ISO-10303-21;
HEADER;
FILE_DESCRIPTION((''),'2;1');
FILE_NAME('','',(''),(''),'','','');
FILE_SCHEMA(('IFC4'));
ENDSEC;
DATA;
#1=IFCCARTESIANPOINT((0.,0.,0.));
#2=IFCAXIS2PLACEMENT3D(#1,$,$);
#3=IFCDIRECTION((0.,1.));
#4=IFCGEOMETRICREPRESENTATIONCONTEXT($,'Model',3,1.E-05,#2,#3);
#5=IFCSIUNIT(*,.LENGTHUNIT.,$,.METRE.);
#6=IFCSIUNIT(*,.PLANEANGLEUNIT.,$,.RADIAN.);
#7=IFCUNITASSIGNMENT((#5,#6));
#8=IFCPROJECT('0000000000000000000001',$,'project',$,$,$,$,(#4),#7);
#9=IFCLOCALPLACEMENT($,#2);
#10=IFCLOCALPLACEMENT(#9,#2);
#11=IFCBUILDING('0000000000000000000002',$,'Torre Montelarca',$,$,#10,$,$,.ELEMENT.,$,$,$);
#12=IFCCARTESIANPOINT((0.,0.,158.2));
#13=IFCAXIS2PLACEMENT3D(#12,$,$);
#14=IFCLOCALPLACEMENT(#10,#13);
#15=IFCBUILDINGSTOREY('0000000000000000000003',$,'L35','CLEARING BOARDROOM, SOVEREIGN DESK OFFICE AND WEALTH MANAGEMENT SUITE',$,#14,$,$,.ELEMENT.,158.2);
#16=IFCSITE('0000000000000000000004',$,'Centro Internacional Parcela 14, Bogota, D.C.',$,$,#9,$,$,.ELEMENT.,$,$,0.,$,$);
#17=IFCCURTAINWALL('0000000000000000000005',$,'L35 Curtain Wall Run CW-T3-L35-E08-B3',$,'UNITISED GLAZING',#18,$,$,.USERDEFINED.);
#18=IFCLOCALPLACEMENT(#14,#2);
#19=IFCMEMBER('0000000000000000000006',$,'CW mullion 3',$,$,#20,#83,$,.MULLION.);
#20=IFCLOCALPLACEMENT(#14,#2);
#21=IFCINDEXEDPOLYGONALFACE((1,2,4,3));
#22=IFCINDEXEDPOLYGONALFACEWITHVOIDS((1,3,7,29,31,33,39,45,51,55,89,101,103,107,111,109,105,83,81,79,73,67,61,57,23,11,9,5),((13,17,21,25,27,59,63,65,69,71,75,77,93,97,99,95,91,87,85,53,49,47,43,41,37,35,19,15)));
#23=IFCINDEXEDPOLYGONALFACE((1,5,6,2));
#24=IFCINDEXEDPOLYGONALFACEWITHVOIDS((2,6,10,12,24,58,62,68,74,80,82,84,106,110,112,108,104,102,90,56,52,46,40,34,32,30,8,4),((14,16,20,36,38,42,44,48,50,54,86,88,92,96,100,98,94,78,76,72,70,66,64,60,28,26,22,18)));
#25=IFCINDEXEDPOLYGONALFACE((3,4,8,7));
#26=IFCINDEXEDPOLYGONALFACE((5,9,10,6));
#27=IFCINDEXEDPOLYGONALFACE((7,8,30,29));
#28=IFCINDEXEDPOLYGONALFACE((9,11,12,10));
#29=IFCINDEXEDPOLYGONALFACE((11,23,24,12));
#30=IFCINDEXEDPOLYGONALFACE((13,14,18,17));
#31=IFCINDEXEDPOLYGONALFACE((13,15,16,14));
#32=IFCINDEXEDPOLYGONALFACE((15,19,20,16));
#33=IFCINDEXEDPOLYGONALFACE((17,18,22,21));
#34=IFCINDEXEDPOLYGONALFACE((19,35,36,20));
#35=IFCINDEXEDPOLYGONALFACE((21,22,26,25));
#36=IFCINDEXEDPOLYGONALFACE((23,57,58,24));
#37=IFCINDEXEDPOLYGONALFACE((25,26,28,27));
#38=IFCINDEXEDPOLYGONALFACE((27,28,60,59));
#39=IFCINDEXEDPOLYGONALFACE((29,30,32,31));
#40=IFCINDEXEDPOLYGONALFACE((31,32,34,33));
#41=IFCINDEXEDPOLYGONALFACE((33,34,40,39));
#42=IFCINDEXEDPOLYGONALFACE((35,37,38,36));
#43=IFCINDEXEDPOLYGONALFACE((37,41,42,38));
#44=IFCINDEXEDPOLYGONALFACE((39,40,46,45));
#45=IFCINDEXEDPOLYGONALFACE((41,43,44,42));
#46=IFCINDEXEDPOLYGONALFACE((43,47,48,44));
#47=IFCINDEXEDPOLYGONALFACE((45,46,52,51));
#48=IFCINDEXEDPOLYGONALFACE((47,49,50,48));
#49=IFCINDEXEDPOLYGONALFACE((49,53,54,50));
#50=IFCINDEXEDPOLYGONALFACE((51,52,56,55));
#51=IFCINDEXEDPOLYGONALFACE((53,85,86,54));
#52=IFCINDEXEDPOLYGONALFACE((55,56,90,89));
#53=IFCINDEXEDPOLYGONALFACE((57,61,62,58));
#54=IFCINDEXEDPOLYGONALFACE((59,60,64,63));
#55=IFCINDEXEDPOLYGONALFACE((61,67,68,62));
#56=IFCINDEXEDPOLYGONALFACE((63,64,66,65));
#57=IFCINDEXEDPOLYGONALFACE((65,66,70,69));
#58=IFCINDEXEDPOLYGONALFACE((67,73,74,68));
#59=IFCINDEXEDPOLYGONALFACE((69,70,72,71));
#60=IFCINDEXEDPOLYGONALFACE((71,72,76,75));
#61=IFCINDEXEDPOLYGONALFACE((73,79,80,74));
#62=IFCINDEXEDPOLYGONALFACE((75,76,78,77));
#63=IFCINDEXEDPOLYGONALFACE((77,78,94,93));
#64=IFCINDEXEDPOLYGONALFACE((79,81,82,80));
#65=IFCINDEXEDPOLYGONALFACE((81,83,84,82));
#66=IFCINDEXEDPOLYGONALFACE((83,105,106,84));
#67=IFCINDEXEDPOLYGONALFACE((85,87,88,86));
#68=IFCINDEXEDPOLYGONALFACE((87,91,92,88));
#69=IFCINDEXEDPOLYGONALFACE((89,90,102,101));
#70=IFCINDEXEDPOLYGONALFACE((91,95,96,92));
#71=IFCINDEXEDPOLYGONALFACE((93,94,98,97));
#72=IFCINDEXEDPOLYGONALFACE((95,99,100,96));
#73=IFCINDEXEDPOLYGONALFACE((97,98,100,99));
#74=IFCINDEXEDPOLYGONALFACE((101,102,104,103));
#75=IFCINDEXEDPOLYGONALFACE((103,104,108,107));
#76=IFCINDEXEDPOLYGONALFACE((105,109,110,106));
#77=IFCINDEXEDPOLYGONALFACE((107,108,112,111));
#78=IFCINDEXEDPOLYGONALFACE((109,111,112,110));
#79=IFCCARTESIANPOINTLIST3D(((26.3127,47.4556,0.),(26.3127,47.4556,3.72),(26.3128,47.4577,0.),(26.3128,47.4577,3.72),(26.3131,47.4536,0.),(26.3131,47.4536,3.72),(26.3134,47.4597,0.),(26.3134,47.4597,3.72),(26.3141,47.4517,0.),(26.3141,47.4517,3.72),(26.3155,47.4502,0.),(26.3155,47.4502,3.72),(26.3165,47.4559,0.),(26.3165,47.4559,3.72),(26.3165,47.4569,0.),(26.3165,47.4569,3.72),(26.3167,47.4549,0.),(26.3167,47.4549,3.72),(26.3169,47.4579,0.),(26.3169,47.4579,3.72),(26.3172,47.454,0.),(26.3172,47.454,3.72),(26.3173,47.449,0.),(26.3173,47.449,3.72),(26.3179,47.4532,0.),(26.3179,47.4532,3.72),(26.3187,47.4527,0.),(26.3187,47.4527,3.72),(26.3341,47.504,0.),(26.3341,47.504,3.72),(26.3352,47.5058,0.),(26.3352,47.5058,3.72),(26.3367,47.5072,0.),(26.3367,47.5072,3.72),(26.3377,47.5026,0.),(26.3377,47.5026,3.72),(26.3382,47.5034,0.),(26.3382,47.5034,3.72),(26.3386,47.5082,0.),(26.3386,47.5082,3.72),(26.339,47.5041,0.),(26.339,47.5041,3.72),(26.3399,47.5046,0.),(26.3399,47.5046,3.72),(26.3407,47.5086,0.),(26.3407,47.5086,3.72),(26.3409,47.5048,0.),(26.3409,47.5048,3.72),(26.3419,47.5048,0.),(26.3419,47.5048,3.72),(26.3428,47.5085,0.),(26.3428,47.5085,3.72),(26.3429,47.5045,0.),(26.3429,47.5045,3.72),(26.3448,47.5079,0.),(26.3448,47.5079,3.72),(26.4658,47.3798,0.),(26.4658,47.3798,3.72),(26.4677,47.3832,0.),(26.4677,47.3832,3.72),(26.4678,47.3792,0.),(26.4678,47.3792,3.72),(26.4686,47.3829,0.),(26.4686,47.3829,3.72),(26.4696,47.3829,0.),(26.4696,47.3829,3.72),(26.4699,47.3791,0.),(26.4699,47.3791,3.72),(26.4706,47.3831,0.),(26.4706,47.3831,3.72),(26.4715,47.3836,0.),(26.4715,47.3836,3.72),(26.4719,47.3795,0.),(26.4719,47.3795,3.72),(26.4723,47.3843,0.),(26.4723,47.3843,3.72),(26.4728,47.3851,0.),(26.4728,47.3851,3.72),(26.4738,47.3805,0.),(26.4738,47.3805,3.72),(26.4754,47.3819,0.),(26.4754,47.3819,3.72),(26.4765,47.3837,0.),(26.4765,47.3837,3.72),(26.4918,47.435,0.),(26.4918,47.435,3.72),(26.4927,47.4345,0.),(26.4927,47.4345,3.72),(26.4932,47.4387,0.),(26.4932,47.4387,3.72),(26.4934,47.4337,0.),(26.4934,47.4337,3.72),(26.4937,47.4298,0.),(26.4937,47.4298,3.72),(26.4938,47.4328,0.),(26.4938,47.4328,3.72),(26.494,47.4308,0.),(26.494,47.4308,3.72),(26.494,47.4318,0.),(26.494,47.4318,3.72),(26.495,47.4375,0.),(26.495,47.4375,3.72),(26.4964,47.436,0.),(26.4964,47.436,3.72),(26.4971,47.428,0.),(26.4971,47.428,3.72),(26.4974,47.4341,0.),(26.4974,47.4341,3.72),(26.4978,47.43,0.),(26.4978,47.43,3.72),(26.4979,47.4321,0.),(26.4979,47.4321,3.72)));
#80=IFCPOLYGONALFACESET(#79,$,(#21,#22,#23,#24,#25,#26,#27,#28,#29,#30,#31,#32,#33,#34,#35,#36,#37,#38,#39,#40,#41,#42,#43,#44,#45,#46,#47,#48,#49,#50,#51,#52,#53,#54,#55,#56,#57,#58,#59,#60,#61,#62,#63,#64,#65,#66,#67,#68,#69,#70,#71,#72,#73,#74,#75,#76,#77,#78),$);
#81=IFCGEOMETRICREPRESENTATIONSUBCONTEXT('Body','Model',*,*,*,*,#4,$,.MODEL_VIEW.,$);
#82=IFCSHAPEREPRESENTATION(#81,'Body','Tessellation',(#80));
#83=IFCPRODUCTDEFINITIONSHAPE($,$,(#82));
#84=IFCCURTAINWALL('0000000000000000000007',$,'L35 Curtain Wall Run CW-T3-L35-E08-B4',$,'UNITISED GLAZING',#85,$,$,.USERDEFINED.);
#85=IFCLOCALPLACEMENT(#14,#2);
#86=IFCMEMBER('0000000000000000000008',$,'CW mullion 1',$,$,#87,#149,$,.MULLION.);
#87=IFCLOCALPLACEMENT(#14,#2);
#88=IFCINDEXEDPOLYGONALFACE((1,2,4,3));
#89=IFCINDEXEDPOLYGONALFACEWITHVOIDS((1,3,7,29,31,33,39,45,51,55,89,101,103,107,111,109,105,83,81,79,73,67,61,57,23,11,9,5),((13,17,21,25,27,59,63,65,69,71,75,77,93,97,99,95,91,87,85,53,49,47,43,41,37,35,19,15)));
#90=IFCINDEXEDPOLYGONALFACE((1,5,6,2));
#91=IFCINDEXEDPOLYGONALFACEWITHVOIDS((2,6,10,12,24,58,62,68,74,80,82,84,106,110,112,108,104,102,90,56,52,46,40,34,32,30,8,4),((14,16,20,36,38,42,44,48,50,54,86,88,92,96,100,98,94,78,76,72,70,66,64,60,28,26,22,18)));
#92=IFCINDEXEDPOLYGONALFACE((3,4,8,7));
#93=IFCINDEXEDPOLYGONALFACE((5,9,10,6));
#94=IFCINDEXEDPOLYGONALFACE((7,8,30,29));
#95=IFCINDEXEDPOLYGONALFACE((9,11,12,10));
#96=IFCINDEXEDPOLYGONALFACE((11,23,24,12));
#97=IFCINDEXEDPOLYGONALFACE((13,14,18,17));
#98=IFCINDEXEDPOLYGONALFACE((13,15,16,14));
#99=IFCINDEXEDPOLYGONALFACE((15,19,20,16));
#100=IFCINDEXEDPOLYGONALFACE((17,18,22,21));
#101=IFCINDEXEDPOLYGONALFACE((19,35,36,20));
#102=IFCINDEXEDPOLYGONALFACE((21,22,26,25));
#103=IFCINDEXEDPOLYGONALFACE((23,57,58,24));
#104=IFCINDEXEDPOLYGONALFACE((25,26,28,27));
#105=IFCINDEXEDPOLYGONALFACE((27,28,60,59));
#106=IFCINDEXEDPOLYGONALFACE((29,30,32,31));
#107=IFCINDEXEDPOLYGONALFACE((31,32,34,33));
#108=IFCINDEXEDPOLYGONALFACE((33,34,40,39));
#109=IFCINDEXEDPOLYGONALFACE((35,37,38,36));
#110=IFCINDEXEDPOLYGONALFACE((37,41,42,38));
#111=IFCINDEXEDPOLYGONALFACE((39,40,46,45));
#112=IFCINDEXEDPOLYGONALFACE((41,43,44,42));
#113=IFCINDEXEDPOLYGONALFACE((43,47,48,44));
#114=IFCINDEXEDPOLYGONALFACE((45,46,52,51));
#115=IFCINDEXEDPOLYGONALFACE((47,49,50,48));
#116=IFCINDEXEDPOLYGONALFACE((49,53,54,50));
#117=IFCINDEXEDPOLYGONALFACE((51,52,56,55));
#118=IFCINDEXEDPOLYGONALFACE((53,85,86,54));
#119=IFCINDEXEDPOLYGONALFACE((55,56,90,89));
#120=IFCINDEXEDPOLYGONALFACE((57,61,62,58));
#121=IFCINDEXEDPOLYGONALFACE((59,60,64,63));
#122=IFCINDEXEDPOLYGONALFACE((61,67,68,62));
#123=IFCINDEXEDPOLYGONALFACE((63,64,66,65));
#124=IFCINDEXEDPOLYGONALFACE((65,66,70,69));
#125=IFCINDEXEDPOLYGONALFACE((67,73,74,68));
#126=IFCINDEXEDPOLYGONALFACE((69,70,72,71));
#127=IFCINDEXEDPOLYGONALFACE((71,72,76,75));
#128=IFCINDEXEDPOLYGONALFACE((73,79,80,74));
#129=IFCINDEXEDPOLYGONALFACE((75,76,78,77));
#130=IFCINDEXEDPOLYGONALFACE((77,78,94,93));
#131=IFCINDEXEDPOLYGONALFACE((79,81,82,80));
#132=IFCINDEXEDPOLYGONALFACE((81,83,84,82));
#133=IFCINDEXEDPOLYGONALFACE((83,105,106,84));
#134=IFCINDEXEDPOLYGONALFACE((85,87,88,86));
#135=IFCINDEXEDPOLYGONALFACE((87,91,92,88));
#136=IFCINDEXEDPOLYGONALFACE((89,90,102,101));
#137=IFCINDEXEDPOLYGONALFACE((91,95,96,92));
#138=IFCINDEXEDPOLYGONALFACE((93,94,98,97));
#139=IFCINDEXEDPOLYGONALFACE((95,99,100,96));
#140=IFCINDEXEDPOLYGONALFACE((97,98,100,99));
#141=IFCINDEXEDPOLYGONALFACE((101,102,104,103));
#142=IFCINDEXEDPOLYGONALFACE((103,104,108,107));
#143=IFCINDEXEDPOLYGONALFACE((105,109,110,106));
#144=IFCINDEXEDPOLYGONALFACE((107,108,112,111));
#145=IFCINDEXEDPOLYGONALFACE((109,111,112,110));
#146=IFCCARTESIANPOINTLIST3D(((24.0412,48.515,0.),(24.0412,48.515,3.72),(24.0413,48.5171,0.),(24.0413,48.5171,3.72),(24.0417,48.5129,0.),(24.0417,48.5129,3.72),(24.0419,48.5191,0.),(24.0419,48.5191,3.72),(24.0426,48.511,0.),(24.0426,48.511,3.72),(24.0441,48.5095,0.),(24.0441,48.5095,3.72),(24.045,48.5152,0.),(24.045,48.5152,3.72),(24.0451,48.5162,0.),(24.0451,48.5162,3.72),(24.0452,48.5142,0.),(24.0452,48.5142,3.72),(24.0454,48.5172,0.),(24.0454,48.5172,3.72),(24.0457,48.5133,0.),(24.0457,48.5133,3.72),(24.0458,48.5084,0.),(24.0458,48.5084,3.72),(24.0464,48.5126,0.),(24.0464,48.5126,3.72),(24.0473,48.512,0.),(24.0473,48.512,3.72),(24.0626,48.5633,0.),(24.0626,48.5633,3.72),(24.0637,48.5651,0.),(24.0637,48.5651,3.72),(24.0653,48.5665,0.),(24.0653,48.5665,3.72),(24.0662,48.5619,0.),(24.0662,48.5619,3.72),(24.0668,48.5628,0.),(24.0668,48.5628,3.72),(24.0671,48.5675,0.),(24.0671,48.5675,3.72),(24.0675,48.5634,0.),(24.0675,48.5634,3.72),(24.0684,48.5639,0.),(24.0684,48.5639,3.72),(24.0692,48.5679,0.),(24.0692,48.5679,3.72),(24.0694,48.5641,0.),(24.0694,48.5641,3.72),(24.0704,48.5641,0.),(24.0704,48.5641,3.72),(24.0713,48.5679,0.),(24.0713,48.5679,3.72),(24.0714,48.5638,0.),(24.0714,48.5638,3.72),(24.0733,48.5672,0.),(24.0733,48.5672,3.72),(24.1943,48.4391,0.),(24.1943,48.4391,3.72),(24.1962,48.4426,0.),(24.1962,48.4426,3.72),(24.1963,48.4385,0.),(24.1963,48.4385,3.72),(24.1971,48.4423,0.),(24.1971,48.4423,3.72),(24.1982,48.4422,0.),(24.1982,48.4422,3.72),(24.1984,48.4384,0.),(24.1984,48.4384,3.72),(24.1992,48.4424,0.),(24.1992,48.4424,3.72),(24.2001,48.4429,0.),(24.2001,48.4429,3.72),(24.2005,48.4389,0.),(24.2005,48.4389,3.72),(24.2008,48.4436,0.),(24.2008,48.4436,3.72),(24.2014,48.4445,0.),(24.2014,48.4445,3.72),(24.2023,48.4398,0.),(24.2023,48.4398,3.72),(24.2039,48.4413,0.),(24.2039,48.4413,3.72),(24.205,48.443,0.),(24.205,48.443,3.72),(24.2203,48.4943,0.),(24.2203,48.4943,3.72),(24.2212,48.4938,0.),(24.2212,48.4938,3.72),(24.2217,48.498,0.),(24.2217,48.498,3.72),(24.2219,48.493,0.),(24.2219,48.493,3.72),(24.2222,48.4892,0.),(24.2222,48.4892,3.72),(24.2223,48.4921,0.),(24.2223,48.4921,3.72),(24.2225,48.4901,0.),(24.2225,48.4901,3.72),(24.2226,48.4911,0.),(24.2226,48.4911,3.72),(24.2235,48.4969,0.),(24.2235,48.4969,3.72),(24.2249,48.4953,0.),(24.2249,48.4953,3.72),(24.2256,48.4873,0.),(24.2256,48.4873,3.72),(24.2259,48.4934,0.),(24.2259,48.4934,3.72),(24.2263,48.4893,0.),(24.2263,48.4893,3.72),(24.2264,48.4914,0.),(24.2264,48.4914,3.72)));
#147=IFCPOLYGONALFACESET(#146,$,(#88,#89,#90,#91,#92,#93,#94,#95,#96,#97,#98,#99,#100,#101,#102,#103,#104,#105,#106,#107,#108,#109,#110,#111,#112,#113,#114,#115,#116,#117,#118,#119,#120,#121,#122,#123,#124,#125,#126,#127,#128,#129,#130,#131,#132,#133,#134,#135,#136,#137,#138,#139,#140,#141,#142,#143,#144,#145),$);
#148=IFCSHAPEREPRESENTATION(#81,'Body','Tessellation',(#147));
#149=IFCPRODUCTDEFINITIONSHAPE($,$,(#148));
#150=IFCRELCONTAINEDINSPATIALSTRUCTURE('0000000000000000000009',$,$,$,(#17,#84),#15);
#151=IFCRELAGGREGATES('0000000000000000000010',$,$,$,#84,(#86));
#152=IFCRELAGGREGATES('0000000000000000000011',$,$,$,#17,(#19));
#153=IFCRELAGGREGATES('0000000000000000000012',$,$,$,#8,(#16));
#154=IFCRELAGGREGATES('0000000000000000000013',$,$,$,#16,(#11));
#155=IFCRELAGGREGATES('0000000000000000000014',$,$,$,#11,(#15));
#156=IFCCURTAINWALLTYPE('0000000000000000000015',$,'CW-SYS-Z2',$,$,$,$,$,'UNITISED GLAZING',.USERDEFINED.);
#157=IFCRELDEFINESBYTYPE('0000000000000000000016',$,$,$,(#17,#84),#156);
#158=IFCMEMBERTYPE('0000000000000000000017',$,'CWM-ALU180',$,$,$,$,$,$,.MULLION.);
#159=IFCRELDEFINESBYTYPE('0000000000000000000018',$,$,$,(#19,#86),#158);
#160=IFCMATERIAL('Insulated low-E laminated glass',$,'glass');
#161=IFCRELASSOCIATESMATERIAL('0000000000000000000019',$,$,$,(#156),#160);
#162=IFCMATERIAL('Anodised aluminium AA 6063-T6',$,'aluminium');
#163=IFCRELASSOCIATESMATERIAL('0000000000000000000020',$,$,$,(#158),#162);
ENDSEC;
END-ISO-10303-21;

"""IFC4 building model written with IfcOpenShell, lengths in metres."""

from ifc_helpers import new_model, si_unit, direction, frame, origin, origin_2d, place, context, subcontext, project, spatial, hollow_rectangle, extrude, source, transform, mapped, material, material_profile, profile_set, type_object, element, aggregate, save


model = new_model("IFC4")

# Units and contexts
model_context = context("Model", 3, precision=1e-05, world=origin(), true_north=direction((0.0, 1.0)))
body_context = subcontext(model_context, "Body", "Model", "MODEL_VIEW")
ifc_project = project(units=[si_unit("LENGTHUNIT", "METRE"), si_unit("PLANEANGLEUNIT", "RADIAN")], contexts=[model_context])

# Site, building, storey
site_placement = place(None, origin())
site = spatial("IfcSite", under=ifc_project, at=site_placement, Name="Centro Internacional Parcela 14, Bogota, D.C.", CompositionType="ELEMENT", RefElevation=0.0)
building_placement = place(site_placement, origin())
building = spatial("IfcBuilding", under=site, at=building_placement, Name="Torre Montelarca", CompositionType="ELEMENT")
storey_placement = place(building_placement, frame((0.0, 0.0, 158.2)))
storey = spatial("IfcBuildingStorey", under=building, at=storey_placement, Name="L35", Description="CLEARING BOARDROOM, SOVEREIGN DESK OFFICE AND WEALTH MANAGEMENT SUITE", CompositionType="ELEMENT", Elevation=158.2)

# Curtain wall, member
ifc_material_1 = material(Name="Insulated low-E laminated glass", Category="glass")
curtain_wall_type = type_object("IfcCurtainWallType", Name="CW-SYS-Z2", ElementType="UNITISED GLAZING", PredefinedType="USERDEFINED", material=ifc_material_1)
ifc_material_2 = material(Name="Anodised aluminium AA 6063-T6", Category="aluminium")
ifc_material_profile_1 = material_profile(ifc_material_2, hollow_rectangle(XDim=0.0649, YDim=0.1799, WallThickness=0.0039, InnerFilletRadius=0.0039, OuterFilletRadius=0.0081, at=origin_2d()), Name="ALU65X180X4", Category="aluminium")
ifc_profile_set_1 = profile_set([ifc_material_profile_1], Name="Anodised aluminium AA 6063-T6")
member_type_1 = type_object("IfcMemberType", Name="CWM-ALU180", PredefinedType="MULLION", material=ifc_profile_set_1)
shared_shape_1 = source(origin(), body_context, "Body", "SweptSolid", [
    extrude(hollow_rectangle(XDim=0.0649, YDim=0.1799, WallThickness=0.0039, InnerFilletRadius=0.0039, OuterFilletRadius=0.0081, at=origin_2d()), origin(), (0.0, 0.0, 1.0), 3.72),
])
curtain_wall_1_placement = place(storey_placement, origin())
curtain_wall_1 = element("IfcCurtainWall", 1, at=curtain_wall_1_placement, inside=storey, type_object=curtain_wall_type, Name="L35 Curtain Wall Run CW-T3-L35-E08-B3", ObjectType="UNITISED GLAZING", PredefinedType="USERDEFINED")
member_1_placement = place(storey_placement, frame((26.4053, 47.4438, 0.0), z_axis=(0.0, 0.0, 1.0), x_axis=(-0.422615, -0.906309, 0.0)))
member_1 = element("IfcMember", 2, at=member_1_placement, type_object=member_type_1, Name="CW mullion 3", PredefinedType="MULLION", context=body_context, shape_type="MappedRepresentation", body=[
    mapped(shared_shape_1, transform((0.0, 0.0, 0.0), scale=1.0)),
])

# Curtain wall, member
curtain_wall_2_placement = place(storey_placement, origin())
curtain_wall_2 = element("IfcCurtainWall", 3, at=curtain_wall_2_placement, inside=storey, type_object=curtain_wall_type, Name="L35 Curtain Wall Run CW-T3-L35-E08-B4", ObjectType="UNITISED GLAZING", PredefinedType="USERDEFINED")
member_2_placement = place(storey_placement, frame((24.1338, 48.5032, 0.0), z_axis=(0.0, 0.0, 1.0), x_axis=(-0.422613, -0.90631, 0.0)))
member_2 = element("IfcMember", 4, at=member_2_placement, type_object=member_type_1, Name="CW mullion 1", PredefinedType="MULLION", context=body_context, shape_type="MappedRepresentation", body=[
    mapped(shared_shape_1, transform((0.0, 0.0, 0.0), scale=1.0)),
])

aggregate(curtain_wall_2, [member_2])

aggregate(curtain_wall_1, [member_1])

save(model, "model.ifc")
